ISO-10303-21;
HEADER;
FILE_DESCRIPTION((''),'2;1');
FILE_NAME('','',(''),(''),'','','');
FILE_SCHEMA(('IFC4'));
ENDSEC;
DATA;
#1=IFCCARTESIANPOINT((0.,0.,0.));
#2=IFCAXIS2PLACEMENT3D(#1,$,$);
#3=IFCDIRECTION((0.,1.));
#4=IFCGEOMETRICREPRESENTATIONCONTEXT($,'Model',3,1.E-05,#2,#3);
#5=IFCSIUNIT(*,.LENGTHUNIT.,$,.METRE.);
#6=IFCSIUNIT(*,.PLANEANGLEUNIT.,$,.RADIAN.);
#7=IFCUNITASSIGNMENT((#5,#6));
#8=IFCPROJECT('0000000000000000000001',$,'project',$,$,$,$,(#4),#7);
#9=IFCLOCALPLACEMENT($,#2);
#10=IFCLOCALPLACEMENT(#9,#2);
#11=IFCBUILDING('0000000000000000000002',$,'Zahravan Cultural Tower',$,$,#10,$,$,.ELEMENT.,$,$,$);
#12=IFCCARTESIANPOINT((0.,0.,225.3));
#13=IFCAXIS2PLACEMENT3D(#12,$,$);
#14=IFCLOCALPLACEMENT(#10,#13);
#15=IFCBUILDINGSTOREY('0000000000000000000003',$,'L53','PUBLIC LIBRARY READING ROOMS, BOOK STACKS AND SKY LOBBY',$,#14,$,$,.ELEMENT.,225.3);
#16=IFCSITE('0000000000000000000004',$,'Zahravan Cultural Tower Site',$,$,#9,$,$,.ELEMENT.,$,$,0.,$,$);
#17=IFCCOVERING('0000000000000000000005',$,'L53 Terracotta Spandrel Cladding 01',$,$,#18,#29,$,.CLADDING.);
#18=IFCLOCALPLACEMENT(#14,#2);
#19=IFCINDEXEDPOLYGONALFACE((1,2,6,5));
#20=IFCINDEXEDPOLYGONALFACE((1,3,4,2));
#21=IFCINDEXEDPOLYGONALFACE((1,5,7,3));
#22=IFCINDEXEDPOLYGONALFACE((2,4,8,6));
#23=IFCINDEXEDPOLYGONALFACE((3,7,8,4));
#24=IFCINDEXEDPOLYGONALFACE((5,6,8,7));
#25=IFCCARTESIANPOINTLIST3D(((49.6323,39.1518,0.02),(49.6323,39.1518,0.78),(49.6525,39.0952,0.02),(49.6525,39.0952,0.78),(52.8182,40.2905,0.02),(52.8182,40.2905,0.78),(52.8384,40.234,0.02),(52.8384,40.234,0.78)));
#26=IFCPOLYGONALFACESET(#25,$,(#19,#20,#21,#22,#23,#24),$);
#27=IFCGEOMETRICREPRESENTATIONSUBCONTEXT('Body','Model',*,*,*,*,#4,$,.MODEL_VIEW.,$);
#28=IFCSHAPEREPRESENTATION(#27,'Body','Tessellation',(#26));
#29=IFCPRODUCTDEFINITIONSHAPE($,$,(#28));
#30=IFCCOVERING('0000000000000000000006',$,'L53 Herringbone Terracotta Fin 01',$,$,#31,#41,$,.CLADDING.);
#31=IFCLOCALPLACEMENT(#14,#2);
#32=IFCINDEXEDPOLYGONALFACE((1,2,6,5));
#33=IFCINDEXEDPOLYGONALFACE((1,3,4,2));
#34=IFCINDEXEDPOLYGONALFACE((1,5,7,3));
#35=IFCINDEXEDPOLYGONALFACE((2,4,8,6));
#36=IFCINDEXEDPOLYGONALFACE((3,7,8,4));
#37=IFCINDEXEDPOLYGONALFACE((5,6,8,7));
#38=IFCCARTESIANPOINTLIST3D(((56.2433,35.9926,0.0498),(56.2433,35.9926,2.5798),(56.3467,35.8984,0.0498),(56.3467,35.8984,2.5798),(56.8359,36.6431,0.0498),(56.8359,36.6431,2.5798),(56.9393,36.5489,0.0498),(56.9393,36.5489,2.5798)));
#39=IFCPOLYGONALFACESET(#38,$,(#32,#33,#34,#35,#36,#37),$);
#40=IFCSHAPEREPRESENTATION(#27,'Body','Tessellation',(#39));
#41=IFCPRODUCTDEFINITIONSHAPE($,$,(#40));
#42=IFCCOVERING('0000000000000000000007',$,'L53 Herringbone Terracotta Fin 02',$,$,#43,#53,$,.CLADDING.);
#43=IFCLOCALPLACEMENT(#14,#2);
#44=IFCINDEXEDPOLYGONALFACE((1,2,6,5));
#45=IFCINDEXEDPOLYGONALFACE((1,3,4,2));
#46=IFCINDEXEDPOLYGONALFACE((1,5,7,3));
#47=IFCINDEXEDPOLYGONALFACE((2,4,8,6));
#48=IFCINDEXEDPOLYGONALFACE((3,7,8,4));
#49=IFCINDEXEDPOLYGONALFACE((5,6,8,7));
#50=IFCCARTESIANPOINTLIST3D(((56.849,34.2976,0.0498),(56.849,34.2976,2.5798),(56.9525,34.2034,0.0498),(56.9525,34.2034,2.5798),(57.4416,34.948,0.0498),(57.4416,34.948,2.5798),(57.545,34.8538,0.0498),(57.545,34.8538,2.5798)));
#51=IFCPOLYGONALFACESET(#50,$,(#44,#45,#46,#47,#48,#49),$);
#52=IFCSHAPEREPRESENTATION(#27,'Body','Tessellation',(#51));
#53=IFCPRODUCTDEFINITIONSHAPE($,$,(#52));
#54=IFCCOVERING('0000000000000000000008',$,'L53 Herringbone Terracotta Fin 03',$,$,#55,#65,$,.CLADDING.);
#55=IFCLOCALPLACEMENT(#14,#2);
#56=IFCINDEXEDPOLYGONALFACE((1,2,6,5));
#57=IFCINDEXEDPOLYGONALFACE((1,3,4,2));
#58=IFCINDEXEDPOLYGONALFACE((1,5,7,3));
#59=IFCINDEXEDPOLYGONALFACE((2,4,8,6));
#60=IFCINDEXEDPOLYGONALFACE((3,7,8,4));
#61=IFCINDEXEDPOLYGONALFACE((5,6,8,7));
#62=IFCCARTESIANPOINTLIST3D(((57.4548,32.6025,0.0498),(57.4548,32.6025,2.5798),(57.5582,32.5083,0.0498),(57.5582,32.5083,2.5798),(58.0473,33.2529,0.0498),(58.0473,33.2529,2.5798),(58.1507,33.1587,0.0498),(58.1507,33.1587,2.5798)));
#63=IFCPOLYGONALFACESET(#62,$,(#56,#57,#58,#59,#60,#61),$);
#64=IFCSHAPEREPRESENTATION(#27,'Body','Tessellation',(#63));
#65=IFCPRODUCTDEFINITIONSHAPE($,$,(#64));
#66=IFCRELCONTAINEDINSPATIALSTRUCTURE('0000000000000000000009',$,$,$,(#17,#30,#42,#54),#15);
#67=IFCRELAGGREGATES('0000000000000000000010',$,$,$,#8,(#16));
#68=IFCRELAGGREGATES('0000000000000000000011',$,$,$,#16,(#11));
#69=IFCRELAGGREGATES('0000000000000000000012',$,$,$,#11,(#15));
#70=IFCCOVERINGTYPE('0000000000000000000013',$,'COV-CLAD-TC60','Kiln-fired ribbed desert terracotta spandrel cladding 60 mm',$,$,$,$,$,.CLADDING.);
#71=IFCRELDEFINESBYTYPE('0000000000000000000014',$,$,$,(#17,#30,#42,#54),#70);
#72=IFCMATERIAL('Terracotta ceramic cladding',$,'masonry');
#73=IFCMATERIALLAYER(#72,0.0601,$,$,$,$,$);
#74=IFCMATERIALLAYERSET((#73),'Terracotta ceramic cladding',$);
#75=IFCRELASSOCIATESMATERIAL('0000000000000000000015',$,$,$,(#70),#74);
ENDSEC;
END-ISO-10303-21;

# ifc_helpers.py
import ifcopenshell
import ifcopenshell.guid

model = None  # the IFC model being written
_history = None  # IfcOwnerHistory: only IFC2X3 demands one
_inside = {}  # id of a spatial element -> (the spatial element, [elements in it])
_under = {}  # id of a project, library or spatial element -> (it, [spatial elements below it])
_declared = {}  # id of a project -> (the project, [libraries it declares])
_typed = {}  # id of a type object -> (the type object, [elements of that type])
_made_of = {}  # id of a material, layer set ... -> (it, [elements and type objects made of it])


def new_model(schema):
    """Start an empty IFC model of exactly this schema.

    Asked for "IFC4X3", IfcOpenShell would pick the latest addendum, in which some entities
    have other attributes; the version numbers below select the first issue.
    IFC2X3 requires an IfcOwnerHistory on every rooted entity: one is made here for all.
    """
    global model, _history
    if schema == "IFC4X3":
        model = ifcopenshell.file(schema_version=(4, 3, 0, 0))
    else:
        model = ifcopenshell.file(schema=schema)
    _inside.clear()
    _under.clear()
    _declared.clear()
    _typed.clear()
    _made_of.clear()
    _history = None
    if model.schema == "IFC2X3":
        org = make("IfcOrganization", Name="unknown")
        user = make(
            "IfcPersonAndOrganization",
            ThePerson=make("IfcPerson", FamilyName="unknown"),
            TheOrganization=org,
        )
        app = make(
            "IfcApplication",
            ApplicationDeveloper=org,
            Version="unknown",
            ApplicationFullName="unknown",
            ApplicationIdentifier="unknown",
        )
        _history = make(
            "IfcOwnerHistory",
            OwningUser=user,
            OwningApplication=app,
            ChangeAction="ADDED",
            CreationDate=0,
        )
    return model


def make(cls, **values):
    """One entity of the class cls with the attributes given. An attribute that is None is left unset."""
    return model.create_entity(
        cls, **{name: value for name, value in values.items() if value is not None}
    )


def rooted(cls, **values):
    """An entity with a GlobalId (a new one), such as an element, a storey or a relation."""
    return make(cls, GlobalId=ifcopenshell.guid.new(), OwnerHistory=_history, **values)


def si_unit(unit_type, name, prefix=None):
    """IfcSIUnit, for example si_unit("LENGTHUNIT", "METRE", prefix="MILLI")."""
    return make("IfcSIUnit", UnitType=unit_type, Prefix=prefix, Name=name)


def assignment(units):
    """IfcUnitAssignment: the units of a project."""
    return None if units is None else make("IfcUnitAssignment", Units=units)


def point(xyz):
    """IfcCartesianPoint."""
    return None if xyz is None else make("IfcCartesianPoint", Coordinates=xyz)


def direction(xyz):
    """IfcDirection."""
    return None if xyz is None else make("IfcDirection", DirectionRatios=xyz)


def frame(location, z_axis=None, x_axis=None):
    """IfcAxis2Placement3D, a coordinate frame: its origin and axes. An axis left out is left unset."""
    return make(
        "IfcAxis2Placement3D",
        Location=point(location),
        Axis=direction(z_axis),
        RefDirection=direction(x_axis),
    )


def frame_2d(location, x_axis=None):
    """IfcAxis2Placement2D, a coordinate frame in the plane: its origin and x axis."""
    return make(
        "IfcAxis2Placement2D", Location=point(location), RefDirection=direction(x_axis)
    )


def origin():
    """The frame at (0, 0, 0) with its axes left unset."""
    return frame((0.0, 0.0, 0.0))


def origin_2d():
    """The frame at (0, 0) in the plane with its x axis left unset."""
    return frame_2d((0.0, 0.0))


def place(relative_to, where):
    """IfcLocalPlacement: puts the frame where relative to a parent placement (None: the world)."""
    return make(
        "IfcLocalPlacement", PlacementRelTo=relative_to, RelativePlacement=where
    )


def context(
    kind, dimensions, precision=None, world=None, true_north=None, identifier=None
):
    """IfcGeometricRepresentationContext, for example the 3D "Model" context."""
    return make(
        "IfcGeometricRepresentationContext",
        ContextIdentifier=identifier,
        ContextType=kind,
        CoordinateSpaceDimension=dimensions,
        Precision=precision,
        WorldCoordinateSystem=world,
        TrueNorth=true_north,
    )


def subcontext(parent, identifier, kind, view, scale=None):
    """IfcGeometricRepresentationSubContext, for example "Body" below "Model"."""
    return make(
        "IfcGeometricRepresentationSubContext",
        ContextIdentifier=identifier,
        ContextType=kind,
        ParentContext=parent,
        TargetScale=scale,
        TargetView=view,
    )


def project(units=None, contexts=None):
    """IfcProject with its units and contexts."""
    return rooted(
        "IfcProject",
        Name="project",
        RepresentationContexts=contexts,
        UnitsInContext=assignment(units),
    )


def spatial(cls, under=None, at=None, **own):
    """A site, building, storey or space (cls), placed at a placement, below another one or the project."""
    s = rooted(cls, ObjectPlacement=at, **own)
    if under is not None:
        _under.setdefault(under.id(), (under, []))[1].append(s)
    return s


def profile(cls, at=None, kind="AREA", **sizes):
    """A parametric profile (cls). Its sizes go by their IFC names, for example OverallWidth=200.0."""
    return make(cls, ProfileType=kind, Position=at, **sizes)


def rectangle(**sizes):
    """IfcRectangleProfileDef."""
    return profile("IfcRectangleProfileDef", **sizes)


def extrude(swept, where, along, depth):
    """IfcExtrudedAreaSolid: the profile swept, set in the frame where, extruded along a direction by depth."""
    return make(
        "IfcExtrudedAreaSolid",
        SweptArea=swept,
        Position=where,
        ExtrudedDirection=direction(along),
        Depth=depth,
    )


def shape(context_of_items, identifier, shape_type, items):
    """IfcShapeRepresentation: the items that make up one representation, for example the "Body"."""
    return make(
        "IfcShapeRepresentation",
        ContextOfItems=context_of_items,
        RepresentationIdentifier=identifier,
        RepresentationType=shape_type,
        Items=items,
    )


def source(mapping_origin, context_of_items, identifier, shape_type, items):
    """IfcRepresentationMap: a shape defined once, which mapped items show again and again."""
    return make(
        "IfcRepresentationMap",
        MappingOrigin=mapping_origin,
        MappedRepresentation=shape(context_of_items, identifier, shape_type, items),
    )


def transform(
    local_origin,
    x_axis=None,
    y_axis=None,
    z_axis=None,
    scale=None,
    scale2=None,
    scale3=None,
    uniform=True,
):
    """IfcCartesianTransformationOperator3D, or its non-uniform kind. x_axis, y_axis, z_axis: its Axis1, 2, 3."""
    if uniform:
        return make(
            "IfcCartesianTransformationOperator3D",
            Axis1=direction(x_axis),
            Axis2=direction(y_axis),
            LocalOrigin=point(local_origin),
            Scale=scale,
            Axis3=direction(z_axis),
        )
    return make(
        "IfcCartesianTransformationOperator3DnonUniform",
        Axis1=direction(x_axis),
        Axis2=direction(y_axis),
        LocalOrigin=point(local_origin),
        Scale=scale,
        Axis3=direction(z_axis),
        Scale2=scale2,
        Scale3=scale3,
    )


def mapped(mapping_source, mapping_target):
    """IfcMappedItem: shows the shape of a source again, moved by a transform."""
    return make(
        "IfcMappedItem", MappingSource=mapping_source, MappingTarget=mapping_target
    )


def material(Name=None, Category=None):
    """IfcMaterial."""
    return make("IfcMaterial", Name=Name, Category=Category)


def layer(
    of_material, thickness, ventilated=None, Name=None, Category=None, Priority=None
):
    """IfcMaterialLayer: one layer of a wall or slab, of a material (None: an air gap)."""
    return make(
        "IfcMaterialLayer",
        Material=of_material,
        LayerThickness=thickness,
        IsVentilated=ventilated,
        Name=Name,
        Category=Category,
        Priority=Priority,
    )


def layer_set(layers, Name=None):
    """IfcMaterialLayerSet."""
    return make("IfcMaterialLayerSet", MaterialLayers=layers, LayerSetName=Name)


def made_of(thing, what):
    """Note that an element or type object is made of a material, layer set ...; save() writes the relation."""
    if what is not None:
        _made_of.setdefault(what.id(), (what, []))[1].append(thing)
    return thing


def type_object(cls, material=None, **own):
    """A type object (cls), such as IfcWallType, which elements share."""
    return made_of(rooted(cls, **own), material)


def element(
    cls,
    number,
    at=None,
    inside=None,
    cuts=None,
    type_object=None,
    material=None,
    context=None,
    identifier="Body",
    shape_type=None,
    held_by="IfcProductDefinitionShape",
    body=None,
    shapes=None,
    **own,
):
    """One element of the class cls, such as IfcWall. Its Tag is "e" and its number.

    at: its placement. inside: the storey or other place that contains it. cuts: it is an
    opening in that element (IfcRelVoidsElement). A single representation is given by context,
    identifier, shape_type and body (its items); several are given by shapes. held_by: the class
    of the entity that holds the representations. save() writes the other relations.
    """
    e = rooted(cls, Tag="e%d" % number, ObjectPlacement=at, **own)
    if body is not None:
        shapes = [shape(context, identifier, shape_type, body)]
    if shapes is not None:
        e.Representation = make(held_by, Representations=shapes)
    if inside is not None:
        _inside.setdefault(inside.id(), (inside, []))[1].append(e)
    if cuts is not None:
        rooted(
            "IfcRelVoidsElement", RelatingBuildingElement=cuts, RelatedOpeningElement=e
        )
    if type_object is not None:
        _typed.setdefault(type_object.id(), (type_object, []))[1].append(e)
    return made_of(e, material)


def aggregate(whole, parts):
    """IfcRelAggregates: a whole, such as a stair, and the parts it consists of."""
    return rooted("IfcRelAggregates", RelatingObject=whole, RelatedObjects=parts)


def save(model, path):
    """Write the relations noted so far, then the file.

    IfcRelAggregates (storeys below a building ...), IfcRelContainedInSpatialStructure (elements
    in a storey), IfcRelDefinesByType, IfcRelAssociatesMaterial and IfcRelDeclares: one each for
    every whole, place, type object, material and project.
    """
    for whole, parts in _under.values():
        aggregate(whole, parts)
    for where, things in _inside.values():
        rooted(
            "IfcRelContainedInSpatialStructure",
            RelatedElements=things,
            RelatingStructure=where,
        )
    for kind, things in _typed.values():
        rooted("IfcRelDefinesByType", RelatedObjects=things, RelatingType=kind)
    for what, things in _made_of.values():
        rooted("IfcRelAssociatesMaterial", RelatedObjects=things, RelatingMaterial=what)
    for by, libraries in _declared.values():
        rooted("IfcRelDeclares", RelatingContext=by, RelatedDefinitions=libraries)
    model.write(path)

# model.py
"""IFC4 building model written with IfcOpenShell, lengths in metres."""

from ifc_helpers import new_model, si_unit, direction, frame, origin, origin_2d, place, context, subcontext, project, spatial, rectangle, extrude, source, transform, mapped, material, layer, layer_set, type_object, element, save


model = new_model("IFC4")

# Units and contexts
model_context = context("Model", 3, precision=1e-05, world=origin(), true_north=direction((0.0, 1.0)))
body_context = subcontext(model_context, "Body", "Model", "MODEL_VIEW")
ifc_project = project(units=[si_unit("LENGTHUNIT", "METRE"), si_unit("PLANEANGLEUNIT", "RADIAN")], contexts=[model_context])

# Site, building, storey
site_placement = place(None, origin())
site = spatial("IfcSite", under=ifc_project, at=site_placement, Name="Zahravan Cultural Tower Site", CompositionType="ELEMENT", RefElevation=0.0)
building_placement = place(site_placement, origin())
building = spatial("IfcBuilding", under=site, at=building_placement, Name="Zahravan Cultural Tower", CompositionType="ELEMENT")
storey_placement = place(building_placement, frame((0.0, 0.0, 225.3)))
storey = spatial("IfcBuildingStorey", under=building, at=storey_placement, Name="L53", Description="PUBLIC LIBRARY READING ROOMS, BOOK STACKS AND SKY LOBBY", CompositionType="ELEMENT", Elevation=225.3)

# Coverings
ifc_material_1 = material(Name="Terracotta ceramic cladding", Category="masonry")
ifc_layer_1 = layer(ifc_material_1, 0.0601)
ifc_layer_set_1 = layer_set([ifc_layer_1], Name="Terracotta ceramic cladding")
covering_type = type_object("IfcCoveringType", Name="COV-CLAD-TC60", Description="Kiln-fired ribbed desert terracotta spandrel cladding 60 mm", PredefinedType="CLADDING", material=ifc_layer_set_1)
shared_shape_1 = source(origin(), body_context, "Body", "SweptSolid", [
    extrude(rectangle(XDim=3.3833, YDim=0.0601, at=origin_2d()), origin(), (0.0, 0.0, 1.0), 0.76),
])
covering_1_placement = place(storey_placement, frame((51.2354, 39.6929, 0.02), z_axis=(0.0, 0.0, 1.0), x_axis=(0.941659, 0.336569, 0.0)))
element("IfcCovering", 1, at=covering_1_placement, inside=storey, type_object=covering_type, Name="L53 Terracotta Spandrel Cladding 01", PredefinedType="CLADDING", context=body_context, shape_type="MappedRepresentation", body=[
    mapped(shared_shape_1, transform((0.0, 0.0, 0.0), x_axis=(1.0, 0.0, 0.0), y_axis=(0.0, 1.0, 0.0), z_axis=(0.0, 0.0, 1.0), scale=1.0)),
])
shared_shape_2 = source(origin(), body_context, "Body", "SweptSolid", [
    extrude(rectangle(XDim=0.8799, YDim=0.1399, at=origin_2d()), origin(), (0.0, 0.0, 1.0), 2.53),
])
for number, where, z_axis, x_axis, name in (
    (2, (56.5913, 36.2708, 0.0498), (0.0, 0.0, 1.0), (0.673438, 0.739243, 0.0), "L53 Herringbone Terracotta Fin 01"),
    (3, (57.197, 34.5757, 0.0498), (0.0, 0.0, 1.0), (0.673438, 0.739243, 0.0), "L53 Herringbone Terracotta Fin 02"),
    (4, (57.8027, 32.8806, 0.0498), (0.0, 0.0, 1.0), (0.673438, 0.739243, 0.0), "L53 Herringbone Terracotta Fin 03"),
):
    element("IfcCovering", number, at=place(storey_placement, frame(where, z_axis=z_axis, x_axis=x_axis)), inside=storey, type_object=covering_type, Name=name, PredefinedType="CLADDING", context=body_context, shape_type="MappedRepresentation", body=[
        mapped(shared_shape_2, transform((0.0, 0.0, 0.0), x_axis=(1.0, 0.0, 0.0), y_axis=(0.0, 1.0, 0.0), z_axis=(0.0, 0.0, 1.0), scale=1.0)),
    ])

save(model, "model.ifc")
